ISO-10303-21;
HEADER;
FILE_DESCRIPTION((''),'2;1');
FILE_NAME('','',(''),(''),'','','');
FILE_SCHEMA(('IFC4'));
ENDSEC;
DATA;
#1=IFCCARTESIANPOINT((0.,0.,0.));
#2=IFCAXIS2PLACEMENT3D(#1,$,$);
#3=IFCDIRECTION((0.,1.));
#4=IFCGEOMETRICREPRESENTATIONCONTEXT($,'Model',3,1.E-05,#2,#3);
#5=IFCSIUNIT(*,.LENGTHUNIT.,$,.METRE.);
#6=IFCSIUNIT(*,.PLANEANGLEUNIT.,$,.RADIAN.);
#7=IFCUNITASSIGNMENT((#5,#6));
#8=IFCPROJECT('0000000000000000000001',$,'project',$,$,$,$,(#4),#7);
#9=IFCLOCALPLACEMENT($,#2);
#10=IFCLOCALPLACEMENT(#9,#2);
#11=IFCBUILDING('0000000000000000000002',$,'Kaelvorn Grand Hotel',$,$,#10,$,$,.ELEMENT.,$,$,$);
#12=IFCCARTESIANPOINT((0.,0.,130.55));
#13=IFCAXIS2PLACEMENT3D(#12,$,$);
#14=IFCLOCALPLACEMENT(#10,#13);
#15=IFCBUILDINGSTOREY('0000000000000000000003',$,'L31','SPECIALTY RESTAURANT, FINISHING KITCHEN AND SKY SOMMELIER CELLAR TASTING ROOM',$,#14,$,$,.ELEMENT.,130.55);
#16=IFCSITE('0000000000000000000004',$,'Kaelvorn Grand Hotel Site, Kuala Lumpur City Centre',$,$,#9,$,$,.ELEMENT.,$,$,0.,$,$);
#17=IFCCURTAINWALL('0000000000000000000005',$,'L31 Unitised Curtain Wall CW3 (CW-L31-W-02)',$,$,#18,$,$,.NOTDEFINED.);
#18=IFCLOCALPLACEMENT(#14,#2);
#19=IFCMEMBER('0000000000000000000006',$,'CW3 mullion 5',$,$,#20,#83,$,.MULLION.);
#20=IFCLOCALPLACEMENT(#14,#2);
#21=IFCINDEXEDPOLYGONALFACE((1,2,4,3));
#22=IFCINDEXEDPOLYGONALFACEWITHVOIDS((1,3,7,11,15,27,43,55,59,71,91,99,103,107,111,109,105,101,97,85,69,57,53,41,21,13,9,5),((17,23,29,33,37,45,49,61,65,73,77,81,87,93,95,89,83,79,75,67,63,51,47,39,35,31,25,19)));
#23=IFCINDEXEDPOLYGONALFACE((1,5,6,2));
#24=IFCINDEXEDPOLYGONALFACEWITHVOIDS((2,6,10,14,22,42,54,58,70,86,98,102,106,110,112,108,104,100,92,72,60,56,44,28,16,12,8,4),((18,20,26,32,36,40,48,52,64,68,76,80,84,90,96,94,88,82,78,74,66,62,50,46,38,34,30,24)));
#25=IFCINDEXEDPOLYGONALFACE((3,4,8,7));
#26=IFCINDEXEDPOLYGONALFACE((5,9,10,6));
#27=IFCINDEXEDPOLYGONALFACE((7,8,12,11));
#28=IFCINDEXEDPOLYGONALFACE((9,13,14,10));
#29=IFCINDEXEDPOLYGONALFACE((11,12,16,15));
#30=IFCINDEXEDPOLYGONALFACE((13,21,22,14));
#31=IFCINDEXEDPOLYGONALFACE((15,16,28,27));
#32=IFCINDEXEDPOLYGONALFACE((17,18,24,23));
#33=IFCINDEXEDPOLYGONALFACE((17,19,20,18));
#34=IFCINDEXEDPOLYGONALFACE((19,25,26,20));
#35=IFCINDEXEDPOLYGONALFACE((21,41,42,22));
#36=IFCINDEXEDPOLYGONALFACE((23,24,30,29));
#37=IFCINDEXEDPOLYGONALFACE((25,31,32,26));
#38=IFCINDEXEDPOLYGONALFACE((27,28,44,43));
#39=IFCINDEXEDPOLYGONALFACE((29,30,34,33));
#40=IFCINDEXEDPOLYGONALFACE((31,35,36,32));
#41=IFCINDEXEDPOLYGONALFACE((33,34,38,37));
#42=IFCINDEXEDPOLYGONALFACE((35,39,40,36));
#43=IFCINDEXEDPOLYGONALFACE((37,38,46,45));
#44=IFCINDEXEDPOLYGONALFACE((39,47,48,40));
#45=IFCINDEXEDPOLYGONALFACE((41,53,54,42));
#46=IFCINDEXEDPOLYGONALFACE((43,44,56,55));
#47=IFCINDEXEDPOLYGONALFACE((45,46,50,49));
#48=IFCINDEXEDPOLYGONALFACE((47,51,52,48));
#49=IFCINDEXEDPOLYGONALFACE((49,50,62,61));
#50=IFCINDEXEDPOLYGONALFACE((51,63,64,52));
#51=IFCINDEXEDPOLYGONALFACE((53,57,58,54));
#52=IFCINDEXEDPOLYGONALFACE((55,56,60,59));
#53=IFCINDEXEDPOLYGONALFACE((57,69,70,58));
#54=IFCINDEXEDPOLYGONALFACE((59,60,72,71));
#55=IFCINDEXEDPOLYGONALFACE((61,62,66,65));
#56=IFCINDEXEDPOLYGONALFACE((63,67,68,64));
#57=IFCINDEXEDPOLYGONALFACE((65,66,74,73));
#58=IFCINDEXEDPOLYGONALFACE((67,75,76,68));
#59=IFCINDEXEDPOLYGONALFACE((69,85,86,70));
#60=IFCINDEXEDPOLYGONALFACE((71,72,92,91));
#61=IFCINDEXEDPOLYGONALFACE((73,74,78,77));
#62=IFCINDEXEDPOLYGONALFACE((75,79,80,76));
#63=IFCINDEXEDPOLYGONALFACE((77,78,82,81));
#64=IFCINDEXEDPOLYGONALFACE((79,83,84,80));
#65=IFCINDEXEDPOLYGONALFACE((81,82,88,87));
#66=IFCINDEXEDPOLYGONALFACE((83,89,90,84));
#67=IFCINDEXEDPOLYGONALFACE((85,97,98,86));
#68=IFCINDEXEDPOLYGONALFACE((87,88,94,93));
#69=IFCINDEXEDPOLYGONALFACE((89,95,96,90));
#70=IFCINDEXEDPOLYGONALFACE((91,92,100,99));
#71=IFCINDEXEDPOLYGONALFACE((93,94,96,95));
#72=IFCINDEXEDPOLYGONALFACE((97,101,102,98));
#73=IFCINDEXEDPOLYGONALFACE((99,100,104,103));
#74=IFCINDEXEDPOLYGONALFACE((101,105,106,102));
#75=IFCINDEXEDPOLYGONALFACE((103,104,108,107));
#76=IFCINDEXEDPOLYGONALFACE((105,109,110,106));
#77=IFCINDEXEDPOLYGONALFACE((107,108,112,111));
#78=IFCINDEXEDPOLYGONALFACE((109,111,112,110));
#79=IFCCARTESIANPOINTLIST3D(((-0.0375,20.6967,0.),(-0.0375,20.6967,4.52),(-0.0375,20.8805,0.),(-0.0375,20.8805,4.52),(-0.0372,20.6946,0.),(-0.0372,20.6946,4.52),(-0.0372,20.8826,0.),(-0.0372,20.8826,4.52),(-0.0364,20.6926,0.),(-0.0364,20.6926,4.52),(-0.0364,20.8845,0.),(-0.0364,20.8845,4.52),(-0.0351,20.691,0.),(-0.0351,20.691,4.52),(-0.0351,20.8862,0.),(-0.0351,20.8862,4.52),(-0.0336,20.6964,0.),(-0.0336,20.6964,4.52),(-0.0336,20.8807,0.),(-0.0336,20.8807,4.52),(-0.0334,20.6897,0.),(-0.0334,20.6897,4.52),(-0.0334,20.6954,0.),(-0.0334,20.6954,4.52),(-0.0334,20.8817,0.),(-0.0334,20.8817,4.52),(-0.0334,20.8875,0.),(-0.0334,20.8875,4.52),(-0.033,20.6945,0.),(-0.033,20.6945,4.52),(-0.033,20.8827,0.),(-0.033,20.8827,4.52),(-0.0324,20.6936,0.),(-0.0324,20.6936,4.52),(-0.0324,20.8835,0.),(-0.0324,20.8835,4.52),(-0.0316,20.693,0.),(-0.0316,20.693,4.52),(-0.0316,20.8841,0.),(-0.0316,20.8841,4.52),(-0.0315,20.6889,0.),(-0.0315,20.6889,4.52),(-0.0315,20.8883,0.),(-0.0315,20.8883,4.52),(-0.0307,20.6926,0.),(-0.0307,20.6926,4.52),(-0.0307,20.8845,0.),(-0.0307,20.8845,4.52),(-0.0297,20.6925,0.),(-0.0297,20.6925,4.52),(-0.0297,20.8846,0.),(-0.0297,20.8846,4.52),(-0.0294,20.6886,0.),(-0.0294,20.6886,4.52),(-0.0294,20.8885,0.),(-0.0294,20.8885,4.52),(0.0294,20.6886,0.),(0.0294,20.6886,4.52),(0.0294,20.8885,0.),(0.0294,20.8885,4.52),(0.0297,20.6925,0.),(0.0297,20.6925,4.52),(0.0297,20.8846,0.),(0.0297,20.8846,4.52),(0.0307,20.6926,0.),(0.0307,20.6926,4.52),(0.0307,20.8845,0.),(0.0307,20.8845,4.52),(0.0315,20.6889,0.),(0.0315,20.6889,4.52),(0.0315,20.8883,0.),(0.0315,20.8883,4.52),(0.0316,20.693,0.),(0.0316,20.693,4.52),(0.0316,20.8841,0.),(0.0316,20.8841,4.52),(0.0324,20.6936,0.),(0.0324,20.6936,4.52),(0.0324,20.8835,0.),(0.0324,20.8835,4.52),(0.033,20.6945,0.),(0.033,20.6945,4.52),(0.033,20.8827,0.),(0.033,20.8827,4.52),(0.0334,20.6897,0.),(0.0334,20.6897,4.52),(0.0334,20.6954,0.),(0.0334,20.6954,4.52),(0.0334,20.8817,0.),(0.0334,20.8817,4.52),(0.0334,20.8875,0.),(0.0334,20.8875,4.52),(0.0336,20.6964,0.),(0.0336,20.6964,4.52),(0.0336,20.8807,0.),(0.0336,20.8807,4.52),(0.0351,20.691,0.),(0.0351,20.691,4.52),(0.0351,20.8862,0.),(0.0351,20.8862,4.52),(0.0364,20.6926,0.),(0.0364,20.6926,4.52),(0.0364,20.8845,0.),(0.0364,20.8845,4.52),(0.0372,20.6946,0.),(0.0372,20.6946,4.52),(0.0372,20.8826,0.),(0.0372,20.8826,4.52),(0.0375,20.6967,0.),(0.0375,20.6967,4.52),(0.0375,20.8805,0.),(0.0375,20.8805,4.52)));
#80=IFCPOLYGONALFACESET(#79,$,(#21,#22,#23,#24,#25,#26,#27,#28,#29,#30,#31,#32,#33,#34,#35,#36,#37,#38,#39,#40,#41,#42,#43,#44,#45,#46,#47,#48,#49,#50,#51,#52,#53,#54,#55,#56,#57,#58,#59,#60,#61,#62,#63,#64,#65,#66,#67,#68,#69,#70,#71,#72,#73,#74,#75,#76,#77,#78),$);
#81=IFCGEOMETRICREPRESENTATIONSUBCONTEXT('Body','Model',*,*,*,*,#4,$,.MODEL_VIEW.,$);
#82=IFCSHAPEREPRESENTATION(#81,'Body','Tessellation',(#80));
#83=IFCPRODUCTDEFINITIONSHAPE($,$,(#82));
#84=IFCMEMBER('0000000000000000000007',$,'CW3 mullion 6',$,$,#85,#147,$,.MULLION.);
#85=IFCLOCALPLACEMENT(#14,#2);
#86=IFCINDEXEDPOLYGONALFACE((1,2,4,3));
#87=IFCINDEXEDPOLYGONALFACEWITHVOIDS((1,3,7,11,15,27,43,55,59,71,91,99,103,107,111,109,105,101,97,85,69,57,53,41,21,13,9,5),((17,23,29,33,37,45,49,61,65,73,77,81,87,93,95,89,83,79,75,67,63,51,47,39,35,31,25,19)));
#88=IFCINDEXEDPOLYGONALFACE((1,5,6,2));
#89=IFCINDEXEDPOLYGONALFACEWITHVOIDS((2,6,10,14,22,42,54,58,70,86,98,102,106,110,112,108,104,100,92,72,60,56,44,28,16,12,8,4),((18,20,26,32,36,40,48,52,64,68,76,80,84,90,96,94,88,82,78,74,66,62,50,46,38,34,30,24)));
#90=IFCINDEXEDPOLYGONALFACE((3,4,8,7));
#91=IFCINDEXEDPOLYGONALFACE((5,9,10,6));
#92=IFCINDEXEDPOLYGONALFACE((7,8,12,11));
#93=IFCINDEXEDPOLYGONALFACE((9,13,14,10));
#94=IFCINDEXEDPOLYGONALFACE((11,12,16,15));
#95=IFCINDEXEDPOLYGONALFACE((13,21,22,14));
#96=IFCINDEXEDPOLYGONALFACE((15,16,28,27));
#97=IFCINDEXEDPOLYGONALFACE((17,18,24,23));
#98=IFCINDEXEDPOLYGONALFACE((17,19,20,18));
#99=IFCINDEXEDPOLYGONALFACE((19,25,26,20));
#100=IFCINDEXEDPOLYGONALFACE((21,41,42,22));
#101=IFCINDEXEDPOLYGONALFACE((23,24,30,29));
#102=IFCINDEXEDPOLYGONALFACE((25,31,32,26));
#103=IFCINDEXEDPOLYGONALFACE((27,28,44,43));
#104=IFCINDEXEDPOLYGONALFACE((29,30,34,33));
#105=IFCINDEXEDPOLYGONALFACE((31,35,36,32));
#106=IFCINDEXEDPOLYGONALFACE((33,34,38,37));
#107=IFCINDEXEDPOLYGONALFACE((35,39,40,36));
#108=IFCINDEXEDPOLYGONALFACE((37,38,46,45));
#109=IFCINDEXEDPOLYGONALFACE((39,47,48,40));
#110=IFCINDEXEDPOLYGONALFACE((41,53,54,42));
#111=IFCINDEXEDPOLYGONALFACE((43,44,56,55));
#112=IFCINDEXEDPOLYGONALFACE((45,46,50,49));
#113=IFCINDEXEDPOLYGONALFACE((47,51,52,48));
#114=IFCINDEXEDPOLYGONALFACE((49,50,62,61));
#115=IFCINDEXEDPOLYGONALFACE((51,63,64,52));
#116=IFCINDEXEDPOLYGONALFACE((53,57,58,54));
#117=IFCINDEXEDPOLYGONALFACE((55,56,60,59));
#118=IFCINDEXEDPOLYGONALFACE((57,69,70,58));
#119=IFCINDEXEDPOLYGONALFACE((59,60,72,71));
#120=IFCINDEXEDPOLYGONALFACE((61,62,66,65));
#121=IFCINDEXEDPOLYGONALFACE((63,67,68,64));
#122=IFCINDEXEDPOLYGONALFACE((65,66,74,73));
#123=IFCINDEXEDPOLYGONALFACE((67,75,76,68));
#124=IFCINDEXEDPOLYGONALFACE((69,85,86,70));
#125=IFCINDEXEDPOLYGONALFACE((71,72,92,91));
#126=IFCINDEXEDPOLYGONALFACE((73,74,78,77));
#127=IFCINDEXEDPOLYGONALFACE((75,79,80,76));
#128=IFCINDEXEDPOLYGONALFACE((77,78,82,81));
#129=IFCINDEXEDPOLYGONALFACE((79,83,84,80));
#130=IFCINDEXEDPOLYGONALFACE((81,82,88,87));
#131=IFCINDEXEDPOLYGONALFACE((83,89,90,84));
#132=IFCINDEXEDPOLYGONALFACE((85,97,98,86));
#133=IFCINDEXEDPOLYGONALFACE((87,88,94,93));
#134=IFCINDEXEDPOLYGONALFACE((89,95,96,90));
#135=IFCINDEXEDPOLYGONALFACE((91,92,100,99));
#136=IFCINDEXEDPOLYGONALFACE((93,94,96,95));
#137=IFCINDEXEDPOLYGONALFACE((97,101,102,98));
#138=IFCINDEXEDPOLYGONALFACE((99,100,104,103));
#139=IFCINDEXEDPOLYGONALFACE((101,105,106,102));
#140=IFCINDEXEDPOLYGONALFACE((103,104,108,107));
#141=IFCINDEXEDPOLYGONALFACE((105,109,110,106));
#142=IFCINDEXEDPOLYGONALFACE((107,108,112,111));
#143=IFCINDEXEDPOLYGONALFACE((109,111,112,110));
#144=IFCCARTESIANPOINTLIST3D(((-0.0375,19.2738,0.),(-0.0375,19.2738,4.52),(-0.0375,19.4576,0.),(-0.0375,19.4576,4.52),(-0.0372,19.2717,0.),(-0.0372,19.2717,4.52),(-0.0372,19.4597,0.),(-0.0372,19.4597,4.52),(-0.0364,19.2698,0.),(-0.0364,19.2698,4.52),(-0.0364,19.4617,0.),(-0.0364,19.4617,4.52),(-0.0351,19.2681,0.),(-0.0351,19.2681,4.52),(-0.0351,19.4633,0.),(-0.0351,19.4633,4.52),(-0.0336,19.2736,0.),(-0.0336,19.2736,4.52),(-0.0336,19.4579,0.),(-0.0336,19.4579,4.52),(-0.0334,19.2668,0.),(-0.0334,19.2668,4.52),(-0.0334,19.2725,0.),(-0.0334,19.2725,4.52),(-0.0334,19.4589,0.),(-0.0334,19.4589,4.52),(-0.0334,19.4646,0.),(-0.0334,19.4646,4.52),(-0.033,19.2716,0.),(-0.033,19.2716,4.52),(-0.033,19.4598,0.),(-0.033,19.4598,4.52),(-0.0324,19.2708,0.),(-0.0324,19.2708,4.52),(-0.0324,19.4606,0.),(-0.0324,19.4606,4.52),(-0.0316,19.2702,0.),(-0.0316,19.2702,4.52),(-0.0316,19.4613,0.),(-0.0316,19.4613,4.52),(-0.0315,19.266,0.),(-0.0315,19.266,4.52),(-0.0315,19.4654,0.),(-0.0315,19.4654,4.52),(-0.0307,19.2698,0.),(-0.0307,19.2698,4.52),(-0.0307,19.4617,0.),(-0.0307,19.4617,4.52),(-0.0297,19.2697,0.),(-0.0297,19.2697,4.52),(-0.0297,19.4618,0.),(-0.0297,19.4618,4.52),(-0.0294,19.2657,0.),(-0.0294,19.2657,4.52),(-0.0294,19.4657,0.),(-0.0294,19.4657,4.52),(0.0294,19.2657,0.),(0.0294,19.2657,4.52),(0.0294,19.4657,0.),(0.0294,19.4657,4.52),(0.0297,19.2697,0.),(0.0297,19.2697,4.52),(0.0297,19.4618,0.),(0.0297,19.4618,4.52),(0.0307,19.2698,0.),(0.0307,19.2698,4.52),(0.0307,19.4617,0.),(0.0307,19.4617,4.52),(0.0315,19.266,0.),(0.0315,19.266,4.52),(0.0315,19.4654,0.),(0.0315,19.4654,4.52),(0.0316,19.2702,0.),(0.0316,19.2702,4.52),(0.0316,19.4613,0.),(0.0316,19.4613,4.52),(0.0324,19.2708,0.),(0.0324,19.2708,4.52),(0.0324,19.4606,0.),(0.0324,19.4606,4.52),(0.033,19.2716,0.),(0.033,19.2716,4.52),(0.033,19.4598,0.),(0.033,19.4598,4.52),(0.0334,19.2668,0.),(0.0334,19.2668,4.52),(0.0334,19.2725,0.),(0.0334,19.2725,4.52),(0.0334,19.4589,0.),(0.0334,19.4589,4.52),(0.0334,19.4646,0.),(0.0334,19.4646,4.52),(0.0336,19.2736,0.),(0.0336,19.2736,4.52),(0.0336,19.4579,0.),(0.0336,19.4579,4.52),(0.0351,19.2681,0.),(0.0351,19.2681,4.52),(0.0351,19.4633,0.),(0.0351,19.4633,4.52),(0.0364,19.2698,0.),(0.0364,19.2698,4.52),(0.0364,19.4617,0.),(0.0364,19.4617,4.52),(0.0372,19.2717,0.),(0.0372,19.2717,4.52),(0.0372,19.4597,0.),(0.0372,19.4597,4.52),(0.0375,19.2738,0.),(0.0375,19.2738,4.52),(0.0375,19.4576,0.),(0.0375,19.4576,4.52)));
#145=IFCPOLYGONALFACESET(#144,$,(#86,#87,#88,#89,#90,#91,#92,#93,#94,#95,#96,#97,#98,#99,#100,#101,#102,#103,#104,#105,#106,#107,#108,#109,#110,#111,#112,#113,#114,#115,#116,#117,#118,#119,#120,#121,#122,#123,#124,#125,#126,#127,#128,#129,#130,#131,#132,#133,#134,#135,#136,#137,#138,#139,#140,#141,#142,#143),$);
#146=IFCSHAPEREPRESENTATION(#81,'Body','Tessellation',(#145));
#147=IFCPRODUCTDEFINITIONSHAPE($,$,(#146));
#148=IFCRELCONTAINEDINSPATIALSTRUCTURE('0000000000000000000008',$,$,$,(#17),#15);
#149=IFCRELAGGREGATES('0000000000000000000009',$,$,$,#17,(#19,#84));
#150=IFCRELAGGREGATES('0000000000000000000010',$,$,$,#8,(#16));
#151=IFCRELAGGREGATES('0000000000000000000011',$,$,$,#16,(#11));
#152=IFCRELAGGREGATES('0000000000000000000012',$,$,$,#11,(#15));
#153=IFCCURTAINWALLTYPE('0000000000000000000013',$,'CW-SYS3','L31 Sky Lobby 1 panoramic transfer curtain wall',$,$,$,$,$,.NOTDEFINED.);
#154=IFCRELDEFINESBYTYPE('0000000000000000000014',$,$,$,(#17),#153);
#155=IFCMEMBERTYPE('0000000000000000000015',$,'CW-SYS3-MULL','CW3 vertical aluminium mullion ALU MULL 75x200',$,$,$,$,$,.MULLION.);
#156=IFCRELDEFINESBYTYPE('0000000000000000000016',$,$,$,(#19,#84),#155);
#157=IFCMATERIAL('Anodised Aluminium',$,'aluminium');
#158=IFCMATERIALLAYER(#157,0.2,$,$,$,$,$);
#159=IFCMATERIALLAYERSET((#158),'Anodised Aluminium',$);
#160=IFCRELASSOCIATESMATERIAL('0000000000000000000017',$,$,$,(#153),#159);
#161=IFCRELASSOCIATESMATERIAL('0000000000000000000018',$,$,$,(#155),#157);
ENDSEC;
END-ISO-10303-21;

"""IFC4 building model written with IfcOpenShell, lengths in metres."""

from ifc_helpers import new_model, si_unit, direction, frame, origin, origin_2d, place, context, subcontext, project, spatial, hollow_rectangle, extrude, material, layer, layer_set, material_profile, profile_set, type_object, element, aggregate, save


model = new_model("IFC4")

# Units and contexts
model_context = context("Model", 3, precision=1e-05, world=origin(), true_north=direction((0.0, 1.0)))
body_context = subcontext(model_context, "Body", "Model", "MODEL_VIEW")
ifc_project = project(units=[si_unit("LENGTHUNIT", "METRE"), si_unit("PLANEANGLEUNIT", "RADIAN")], contexts=[model_context])

# Site, building, storey
site_placement = place(None, origin())
site = spatial("IfcSite", under=ifc_project, at=site_placement, Name="Kaelvorn Grand Hotel Site, Kuala Lumpur City Centre", CompositionType="ELEMENT", RefElevation=0.0)
building_placement = place(site_placement, origin())
building = spatial("IfcBuilding", under=site, at=building_placement, Name="Kaelvorn Grand Hotel", CompositionType="ELEMENT")
storey_placement = place(building_placement, frame((0.0, 0.0, 130.55)))
storey = spatial("IfcBuildingStorey", under=building, at=storey_placement, Name="L31", Description="SPECIALTY RESTAURANT, FINISHING KITCHEN AND SKY SOMMELIER CELLAR TASTING ROOM", CompositionType="ELEMENT", Elevation=130.55)

# Curtain wall, members
ifc_material_1 = material(Name="Anodised Aluminium", Category="aluminium")
ifc_layer_1 = layer(ifc_material_1, 0.2)
ifc_layer_set_1 = layer_set([ifc_layer_1], Name="Anodised Aluminium")
curtain_wall_type = type_object("IfcCurtainWallType", Name="CW-SYS3", Description="L31 Sky Lobby 1 panoramic transfer curtain wall", PredefinedType="NOTDEFINED", material=ifc_layer_set_1)
curtain_wall_placement = place(storey_placement, origin())
curtain_wall = element("IfcCurtainWall", 1, at=curtain_wall_placement, inside=storey, type_object=curtain_wall_type, Name="L31 Unitised Curtain Wall CW3 (CW-L31-W-02)", PredefinedType="NOTDEFINED")
ifc_material_profile_1 = material_profile(ifc_material_1, hollow_rectangle(XDim=0.075, YDim=0.2, WallThickness=0.0039, InnerFilletRadius=0.0039, OuterFilletRadius=0.0081, at=origin_2d()), Name="ALU MULL 75x200")
ifc_profile_set_1 = profile_set([ifc_material_profile_1], Name="Anodised Aluminium")
member_type_1 = type_object("IfcMemberType", Name="CW-SYS3-MULL", Description="CW3 vertical aluminium mullion ALU MULL 75x200", PredefinedType="MULLION", material=ifc_profile_set_1)
member_1_placement = place(storey_placement, frame((0.0, 20.7886, 0.0), z_axis=(0.0, 0.0, 1.0), x_axis=(1.0, 0.0, 0.0)))
member_1 = element("IfcMember", 2, at=member_1_placement, type_object=member_type_1, Name="CW3 mullion 5", PredefinedType="MULLION", context=body_context, shape_type="SweptSolid", body=[
    extrude(hollow_rectangle(XDim=0.075, YDim=0.2, WallThickness=0.0039, InnerFilletRadius=0.0039, OuterFilletRadius=0.0081, at=origin_2d()), origin(), (0.0, 0.0, 1.0), 4.52),
])
member_2_placement = place(storey_placement, frame((0.0, 19.3657, 0.0), z_axis=(0.0, 0.0, 1.0), x_axis=(1.0, 0.0, 0.0)))
member_2 = element("IfcMember", 3, at=member_2_placement, type_object=member_type_1, Name="CW3 mullion 6", PredefinedType="MULLION", context=body_context, shape_type="SweptSolid", body=[
    extrude(hollow_rectangle(XDim=0.075, YDim=0.2, WallThickness=0.0039, InnerFilletRadius=0.0039, OuterFilletRadius=0.0081, at=origin_2d()), origin(), (0.0, 0.0, 1.0), 4.52),
])
aggregate(curtain_wall, [member_1, member_2])

save(model, "model.ifc")
